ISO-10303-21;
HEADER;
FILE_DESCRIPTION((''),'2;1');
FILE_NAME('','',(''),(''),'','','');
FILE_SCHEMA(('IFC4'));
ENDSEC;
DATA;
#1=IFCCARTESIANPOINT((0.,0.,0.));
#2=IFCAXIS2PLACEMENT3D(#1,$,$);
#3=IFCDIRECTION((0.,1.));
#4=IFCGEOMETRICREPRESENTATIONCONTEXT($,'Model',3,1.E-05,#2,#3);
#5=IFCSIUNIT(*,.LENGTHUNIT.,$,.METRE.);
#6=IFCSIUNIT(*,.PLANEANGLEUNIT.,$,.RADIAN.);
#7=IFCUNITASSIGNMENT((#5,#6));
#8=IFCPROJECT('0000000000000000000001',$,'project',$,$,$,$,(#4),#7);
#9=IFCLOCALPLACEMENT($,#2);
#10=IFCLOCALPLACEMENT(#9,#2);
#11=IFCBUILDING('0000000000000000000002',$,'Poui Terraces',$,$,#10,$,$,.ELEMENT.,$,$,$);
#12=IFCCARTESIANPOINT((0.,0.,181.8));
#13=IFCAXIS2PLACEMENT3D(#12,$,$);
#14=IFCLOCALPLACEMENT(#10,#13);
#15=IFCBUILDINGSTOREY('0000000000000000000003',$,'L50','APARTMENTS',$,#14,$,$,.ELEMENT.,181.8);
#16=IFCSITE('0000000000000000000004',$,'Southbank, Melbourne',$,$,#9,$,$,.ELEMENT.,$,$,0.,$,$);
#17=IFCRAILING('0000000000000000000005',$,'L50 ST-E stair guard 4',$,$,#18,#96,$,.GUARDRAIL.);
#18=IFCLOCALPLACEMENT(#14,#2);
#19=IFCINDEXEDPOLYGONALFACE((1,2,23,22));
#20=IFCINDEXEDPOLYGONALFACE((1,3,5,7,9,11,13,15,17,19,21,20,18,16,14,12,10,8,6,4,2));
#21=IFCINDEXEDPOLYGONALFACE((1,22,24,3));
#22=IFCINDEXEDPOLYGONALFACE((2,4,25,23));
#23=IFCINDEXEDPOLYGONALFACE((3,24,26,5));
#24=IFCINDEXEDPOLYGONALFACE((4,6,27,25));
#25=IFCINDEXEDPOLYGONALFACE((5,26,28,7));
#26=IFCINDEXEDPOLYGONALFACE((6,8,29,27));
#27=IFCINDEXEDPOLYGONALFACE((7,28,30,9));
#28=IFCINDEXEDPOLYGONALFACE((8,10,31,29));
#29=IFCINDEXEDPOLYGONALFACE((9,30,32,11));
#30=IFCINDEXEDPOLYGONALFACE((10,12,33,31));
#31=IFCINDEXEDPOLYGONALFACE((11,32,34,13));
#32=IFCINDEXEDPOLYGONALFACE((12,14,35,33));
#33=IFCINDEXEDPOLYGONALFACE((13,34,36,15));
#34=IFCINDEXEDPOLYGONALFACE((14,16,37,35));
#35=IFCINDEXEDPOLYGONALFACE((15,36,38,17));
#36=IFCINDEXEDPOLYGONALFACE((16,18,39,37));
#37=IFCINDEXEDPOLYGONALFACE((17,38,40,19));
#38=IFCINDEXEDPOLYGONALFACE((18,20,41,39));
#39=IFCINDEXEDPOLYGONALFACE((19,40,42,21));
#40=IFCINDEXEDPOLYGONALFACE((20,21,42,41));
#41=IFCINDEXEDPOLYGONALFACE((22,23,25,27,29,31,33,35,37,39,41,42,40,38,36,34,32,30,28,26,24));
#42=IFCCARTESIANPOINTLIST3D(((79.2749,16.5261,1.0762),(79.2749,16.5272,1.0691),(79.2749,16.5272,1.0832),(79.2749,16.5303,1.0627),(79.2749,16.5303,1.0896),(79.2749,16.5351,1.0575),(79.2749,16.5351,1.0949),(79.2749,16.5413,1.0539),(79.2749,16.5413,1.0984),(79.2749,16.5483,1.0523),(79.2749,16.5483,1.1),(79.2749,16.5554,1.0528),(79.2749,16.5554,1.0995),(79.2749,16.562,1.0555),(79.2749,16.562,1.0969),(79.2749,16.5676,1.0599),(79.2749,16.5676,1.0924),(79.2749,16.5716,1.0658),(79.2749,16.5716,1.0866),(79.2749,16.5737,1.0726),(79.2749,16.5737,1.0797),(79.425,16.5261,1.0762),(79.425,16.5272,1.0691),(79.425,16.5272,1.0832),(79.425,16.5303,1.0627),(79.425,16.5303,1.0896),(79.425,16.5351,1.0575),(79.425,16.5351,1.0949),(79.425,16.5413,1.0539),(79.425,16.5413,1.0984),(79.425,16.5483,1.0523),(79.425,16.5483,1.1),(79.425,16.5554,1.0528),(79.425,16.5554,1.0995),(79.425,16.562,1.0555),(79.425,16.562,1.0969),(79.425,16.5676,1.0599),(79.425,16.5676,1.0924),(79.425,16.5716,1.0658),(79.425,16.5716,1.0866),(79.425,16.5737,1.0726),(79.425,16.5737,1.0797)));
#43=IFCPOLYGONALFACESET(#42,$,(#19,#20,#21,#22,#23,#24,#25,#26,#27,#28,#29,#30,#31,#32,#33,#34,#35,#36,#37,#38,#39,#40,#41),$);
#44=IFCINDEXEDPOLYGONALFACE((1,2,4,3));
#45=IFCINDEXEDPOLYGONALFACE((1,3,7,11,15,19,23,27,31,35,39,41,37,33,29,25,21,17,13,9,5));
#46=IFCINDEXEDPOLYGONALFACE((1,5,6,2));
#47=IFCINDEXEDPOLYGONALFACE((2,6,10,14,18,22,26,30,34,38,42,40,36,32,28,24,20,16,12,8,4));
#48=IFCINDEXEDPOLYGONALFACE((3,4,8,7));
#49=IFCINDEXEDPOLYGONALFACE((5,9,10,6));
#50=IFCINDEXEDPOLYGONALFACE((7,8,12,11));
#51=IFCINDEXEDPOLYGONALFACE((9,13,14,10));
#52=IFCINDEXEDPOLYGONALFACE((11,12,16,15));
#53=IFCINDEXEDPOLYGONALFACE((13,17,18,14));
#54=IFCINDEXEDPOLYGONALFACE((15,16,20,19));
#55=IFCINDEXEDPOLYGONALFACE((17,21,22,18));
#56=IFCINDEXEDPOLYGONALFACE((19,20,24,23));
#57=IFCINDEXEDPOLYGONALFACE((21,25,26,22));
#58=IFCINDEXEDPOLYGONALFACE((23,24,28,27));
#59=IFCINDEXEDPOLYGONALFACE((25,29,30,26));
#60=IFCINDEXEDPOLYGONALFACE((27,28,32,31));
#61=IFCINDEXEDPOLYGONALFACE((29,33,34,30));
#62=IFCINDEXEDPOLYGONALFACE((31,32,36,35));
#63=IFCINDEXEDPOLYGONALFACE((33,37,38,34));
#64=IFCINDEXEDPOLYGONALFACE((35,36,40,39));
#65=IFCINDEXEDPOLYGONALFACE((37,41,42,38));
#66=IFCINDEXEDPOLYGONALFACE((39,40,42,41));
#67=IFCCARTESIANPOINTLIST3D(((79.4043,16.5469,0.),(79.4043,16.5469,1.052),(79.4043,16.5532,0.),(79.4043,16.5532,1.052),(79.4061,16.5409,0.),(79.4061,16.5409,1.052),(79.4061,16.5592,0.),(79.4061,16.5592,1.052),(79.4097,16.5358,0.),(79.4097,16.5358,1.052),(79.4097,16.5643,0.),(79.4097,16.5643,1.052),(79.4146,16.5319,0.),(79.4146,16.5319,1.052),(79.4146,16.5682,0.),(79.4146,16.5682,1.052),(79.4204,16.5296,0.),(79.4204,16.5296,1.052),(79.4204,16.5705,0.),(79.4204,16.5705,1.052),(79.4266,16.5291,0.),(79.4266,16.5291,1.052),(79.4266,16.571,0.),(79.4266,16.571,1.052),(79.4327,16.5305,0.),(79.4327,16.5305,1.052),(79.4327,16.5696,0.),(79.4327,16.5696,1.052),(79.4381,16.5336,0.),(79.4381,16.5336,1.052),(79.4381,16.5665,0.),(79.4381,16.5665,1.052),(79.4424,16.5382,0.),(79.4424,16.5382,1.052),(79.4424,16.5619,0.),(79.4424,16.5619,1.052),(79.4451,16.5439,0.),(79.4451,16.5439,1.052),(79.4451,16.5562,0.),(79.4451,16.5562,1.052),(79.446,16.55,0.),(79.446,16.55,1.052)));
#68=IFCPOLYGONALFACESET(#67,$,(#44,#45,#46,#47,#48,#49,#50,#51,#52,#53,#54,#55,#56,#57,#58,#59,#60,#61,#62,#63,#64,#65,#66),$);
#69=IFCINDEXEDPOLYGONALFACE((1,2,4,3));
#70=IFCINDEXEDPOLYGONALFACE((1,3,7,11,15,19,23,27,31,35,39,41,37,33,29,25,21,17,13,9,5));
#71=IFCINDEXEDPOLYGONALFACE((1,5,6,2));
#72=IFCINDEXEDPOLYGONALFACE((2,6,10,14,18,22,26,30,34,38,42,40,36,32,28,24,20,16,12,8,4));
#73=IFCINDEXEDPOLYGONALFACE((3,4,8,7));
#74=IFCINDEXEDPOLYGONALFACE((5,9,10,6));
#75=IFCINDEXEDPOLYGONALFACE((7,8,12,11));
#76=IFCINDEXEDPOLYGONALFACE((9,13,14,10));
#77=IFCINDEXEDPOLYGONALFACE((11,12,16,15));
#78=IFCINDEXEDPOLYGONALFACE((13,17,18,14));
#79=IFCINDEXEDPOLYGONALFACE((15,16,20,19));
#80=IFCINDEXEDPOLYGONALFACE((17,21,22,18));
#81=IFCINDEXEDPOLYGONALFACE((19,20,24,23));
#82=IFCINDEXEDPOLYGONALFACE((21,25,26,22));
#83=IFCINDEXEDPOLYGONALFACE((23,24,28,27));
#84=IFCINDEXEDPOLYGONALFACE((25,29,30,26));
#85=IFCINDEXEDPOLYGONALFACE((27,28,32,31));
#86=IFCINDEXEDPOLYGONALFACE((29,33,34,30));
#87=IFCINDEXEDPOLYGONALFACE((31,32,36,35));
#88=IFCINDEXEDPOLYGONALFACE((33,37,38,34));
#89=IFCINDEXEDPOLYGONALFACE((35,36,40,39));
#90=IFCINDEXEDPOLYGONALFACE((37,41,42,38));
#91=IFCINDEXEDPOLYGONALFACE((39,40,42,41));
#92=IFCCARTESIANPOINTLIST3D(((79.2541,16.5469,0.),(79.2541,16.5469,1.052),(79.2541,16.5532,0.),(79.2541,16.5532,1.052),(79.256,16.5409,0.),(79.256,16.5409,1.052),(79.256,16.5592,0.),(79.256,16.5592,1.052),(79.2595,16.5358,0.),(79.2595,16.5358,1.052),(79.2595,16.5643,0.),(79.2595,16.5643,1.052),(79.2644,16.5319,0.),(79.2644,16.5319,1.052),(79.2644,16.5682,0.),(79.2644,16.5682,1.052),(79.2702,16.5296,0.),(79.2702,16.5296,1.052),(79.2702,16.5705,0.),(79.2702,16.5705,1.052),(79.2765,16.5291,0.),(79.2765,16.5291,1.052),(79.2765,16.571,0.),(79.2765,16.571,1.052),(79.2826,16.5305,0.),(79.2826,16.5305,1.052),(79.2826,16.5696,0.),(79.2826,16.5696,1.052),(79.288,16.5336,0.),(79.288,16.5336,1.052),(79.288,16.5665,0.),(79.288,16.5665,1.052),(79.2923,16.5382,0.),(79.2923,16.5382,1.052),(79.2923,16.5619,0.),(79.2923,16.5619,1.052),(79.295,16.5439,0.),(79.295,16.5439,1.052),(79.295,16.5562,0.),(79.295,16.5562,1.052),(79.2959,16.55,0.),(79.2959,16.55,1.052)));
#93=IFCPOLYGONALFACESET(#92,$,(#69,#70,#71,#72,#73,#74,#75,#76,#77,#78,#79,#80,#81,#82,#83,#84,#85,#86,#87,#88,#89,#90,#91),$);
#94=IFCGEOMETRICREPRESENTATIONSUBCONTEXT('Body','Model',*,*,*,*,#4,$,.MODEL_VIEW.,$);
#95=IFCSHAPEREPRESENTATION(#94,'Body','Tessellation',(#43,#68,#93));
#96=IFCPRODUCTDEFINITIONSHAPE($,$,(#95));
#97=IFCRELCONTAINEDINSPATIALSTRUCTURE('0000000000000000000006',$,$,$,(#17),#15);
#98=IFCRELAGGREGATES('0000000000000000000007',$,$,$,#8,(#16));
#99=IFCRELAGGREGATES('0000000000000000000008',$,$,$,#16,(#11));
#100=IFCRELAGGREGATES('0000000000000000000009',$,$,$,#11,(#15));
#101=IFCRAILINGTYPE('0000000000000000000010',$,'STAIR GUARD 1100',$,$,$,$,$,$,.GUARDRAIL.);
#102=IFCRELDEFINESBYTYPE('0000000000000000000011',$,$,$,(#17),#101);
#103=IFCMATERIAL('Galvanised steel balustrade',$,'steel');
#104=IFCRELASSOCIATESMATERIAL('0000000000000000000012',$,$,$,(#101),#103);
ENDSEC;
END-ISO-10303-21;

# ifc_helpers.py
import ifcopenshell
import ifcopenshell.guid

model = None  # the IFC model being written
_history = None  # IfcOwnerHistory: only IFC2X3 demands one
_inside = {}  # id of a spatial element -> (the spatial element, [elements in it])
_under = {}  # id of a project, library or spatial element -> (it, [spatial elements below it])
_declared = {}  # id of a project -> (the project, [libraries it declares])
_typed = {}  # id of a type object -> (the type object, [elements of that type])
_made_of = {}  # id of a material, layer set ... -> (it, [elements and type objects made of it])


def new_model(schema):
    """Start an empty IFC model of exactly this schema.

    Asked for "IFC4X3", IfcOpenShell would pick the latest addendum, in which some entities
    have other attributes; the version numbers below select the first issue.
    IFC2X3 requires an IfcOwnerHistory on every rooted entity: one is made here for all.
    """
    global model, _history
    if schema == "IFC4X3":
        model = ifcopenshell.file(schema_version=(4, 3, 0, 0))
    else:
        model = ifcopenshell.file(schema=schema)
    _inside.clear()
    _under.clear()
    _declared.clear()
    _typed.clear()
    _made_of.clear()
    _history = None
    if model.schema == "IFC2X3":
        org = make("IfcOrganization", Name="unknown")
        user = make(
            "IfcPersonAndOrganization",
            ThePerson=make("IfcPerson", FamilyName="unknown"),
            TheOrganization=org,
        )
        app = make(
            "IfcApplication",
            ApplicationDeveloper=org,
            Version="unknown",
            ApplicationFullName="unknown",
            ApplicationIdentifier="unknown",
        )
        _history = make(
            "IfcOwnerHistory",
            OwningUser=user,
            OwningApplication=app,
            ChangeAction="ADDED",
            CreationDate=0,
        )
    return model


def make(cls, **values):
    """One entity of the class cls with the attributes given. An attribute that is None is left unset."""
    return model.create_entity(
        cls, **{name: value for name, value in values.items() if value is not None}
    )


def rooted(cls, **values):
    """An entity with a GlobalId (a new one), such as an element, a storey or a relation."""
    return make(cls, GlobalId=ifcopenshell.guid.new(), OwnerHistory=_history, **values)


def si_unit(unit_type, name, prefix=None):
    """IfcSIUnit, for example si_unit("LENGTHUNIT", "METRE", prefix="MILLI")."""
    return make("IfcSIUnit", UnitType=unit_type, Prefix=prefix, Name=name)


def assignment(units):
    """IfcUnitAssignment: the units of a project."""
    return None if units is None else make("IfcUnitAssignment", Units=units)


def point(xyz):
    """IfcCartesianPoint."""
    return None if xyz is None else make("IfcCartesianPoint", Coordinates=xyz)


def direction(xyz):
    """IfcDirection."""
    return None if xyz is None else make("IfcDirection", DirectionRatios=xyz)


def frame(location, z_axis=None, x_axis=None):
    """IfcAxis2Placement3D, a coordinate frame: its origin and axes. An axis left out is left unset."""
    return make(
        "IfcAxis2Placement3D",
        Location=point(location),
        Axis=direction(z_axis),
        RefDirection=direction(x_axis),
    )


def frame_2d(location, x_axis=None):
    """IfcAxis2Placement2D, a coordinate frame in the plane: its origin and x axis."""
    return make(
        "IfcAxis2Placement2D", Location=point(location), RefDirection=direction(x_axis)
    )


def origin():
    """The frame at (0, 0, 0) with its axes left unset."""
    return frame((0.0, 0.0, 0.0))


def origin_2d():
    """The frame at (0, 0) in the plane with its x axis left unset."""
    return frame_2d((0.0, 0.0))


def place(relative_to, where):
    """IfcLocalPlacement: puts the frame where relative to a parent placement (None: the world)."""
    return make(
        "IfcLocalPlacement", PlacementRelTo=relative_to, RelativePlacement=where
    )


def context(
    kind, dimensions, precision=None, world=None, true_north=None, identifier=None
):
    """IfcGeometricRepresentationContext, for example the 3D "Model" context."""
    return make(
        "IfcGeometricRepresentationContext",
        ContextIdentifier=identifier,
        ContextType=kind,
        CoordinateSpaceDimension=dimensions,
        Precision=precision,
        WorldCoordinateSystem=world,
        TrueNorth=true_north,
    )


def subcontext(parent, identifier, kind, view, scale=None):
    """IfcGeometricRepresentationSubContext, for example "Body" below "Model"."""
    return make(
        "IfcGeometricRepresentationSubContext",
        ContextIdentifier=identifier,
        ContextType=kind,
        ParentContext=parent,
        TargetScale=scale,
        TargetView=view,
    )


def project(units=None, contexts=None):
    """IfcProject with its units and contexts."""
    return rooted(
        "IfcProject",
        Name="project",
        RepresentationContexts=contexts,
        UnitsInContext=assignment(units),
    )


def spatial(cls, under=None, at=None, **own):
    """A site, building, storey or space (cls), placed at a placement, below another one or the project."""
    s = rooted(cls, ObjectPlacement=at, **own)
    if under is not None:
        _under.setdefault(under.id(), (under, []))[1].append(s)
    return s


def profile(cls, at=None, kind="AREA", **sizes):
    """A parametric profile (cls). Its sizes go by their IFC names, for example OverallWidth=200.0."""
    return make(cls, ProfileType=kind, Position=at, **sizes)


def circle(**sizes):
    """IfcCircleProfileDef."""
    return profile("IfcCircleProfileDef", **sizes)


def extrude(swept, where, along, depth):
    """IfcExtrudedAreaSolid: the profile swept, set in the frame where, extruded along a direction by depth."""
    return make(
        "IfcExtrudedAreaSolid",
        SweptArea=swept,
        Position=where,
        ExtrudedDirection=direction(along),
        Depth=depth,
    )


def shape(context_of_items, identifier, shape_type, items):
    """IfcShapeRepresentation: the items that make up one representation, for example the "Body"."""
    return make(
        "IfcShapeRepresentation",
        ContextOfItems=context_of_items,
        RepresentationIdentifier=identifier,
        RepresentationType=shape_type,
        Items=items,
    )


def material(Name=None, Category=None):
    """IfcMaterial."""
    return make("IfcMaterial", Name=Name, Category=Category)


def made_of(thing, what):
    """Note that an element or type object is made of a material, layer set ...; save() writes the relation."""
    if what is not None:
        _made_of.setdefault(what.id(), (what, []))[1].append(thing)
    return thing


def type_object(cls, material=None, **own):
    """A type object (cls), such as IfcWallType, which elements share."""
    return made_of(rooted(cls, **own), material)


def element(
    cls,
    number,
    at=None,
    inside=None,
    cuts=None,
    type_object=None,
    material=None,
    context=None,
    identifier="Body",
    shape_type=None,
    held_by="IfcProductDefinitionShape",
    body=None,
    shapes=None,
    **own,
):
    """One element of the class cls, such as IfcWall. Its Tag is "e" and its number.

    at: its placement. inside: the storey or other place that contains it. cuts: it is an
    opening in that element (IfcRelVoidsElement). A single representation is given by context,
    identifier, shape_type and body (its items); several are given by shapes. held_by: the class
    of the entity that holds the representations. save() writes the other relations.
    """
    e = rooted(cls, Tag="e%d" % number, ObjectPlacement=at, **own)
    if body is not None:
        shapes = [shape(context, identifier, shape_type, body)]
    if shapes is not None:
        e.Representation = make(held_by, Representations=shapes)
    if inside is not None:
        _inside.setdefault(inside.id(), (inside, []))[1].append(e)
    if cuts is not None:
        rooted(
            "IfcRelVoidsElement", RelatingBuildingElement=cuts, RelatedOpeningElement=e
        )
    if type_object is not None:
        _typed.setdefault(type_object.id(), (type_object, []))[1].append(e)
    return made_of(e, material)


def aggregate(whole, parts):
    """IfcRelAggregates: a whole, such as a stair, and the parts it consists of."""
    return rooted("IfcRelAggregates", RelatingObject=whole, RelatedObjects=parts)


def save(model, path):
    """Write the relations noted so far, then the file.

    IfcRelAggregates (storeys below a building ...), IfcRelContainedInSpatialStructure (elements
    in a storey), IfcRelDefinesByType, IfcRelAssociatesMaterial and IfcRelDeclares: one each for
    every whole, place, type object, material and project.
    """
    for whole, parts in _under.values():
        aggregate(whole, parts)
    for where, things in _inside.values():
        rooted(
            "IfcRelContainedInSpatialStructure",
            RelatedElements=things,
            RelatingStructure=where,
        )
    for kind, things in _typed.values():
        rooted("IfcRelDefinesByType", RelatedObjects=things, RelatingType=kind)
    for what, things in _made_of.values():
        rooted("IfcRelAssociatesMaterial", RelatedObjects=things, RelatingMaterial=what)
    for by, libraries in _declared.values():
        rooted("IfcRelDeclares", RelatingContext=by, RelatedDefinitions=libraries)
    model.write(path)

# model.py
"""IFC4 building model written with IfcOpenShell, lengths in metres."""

from ifc_helpers import new_model, si_unit, direction, frame, origin, origin_2d, place, context, subcontext, project, spatial, circle, extrude, material, type_object, element, save


model = new_model("IFC4")

# Units and contexts
model_context = context("Model", 3, precision=1e-05, world=origin(), true_north=direction((0.0, 1.0)))
body_context = subcontext(model_context, "Body", "Model", "MODEL_VIEW")
ifc_project = project(units=[si_unit("LENGTHUNIT", "METRE"), si_unit("PLANEANGLEUNIT", "RADIAN")], contexts=[model_context])

# Site, building, storey
site_placement = place(None, origin())
site = spatial("IfcSite", under=ifc_project, at=site_placement, Name="Southbank, Melbourne", CompositionType="ELEMENT", RefElevation=0.0)
building_placement = place(site_placement, origin())
building = spatial("IfcBuilding", under=site, at=building_placement, Name="Poui Terraces", CompositionType="ELEMENT")
storey_placement = place(building_placement, frame((0.0, 0.0, 181.8)))
storey = spatial("IfcBuildingStorey", under=building, at=storey_placement, Name="L50", Description="APARTMENTS", CompositionType="ELEMENT", Elevation=181.8)

# Railing
ifc_material_1 = material(Name="Galvanised steel balustrade", Category="steel")
railing_type_1 = type_object("IfcRailingType", Name="STAIR GUARD 1100", PredefinedType="GUARDRAIL", material=ifc_material_1)
railing_1_placement = place(storey_placement, frame((79.425, 16.55, 0.0)))
element("IfcRailing", 1, at=railing_1_placement, inside=storey, type_object=railing_type_1, Name="L50 ST-E stair guard 4", PredefinedType="GUARDRAIL", context=body_context, shape_type="SweptSolid", body=[
    extrude(circle(Radius=0.0239, at=origin_2d()), frame((0.0, 0.0, 1.0762), z_axis=(-1.0, 0.0, 0.0), x_axis=(0.0, -1.0, 0.0)), (0.0, 0.0, 1.0), 0.1501),
    extrude(circle(Radius=0.021, at=origin_2d()), origin(), (0.0, 0.0, 1.0), 1.052),
    extrude(circle(Radius=0.021, at=origin_2d()), frame((-0.1501, 0.0, 0.0)), (0.0, 0.0, 1.0), 1.052),
])

save(model, "model.ifc")
